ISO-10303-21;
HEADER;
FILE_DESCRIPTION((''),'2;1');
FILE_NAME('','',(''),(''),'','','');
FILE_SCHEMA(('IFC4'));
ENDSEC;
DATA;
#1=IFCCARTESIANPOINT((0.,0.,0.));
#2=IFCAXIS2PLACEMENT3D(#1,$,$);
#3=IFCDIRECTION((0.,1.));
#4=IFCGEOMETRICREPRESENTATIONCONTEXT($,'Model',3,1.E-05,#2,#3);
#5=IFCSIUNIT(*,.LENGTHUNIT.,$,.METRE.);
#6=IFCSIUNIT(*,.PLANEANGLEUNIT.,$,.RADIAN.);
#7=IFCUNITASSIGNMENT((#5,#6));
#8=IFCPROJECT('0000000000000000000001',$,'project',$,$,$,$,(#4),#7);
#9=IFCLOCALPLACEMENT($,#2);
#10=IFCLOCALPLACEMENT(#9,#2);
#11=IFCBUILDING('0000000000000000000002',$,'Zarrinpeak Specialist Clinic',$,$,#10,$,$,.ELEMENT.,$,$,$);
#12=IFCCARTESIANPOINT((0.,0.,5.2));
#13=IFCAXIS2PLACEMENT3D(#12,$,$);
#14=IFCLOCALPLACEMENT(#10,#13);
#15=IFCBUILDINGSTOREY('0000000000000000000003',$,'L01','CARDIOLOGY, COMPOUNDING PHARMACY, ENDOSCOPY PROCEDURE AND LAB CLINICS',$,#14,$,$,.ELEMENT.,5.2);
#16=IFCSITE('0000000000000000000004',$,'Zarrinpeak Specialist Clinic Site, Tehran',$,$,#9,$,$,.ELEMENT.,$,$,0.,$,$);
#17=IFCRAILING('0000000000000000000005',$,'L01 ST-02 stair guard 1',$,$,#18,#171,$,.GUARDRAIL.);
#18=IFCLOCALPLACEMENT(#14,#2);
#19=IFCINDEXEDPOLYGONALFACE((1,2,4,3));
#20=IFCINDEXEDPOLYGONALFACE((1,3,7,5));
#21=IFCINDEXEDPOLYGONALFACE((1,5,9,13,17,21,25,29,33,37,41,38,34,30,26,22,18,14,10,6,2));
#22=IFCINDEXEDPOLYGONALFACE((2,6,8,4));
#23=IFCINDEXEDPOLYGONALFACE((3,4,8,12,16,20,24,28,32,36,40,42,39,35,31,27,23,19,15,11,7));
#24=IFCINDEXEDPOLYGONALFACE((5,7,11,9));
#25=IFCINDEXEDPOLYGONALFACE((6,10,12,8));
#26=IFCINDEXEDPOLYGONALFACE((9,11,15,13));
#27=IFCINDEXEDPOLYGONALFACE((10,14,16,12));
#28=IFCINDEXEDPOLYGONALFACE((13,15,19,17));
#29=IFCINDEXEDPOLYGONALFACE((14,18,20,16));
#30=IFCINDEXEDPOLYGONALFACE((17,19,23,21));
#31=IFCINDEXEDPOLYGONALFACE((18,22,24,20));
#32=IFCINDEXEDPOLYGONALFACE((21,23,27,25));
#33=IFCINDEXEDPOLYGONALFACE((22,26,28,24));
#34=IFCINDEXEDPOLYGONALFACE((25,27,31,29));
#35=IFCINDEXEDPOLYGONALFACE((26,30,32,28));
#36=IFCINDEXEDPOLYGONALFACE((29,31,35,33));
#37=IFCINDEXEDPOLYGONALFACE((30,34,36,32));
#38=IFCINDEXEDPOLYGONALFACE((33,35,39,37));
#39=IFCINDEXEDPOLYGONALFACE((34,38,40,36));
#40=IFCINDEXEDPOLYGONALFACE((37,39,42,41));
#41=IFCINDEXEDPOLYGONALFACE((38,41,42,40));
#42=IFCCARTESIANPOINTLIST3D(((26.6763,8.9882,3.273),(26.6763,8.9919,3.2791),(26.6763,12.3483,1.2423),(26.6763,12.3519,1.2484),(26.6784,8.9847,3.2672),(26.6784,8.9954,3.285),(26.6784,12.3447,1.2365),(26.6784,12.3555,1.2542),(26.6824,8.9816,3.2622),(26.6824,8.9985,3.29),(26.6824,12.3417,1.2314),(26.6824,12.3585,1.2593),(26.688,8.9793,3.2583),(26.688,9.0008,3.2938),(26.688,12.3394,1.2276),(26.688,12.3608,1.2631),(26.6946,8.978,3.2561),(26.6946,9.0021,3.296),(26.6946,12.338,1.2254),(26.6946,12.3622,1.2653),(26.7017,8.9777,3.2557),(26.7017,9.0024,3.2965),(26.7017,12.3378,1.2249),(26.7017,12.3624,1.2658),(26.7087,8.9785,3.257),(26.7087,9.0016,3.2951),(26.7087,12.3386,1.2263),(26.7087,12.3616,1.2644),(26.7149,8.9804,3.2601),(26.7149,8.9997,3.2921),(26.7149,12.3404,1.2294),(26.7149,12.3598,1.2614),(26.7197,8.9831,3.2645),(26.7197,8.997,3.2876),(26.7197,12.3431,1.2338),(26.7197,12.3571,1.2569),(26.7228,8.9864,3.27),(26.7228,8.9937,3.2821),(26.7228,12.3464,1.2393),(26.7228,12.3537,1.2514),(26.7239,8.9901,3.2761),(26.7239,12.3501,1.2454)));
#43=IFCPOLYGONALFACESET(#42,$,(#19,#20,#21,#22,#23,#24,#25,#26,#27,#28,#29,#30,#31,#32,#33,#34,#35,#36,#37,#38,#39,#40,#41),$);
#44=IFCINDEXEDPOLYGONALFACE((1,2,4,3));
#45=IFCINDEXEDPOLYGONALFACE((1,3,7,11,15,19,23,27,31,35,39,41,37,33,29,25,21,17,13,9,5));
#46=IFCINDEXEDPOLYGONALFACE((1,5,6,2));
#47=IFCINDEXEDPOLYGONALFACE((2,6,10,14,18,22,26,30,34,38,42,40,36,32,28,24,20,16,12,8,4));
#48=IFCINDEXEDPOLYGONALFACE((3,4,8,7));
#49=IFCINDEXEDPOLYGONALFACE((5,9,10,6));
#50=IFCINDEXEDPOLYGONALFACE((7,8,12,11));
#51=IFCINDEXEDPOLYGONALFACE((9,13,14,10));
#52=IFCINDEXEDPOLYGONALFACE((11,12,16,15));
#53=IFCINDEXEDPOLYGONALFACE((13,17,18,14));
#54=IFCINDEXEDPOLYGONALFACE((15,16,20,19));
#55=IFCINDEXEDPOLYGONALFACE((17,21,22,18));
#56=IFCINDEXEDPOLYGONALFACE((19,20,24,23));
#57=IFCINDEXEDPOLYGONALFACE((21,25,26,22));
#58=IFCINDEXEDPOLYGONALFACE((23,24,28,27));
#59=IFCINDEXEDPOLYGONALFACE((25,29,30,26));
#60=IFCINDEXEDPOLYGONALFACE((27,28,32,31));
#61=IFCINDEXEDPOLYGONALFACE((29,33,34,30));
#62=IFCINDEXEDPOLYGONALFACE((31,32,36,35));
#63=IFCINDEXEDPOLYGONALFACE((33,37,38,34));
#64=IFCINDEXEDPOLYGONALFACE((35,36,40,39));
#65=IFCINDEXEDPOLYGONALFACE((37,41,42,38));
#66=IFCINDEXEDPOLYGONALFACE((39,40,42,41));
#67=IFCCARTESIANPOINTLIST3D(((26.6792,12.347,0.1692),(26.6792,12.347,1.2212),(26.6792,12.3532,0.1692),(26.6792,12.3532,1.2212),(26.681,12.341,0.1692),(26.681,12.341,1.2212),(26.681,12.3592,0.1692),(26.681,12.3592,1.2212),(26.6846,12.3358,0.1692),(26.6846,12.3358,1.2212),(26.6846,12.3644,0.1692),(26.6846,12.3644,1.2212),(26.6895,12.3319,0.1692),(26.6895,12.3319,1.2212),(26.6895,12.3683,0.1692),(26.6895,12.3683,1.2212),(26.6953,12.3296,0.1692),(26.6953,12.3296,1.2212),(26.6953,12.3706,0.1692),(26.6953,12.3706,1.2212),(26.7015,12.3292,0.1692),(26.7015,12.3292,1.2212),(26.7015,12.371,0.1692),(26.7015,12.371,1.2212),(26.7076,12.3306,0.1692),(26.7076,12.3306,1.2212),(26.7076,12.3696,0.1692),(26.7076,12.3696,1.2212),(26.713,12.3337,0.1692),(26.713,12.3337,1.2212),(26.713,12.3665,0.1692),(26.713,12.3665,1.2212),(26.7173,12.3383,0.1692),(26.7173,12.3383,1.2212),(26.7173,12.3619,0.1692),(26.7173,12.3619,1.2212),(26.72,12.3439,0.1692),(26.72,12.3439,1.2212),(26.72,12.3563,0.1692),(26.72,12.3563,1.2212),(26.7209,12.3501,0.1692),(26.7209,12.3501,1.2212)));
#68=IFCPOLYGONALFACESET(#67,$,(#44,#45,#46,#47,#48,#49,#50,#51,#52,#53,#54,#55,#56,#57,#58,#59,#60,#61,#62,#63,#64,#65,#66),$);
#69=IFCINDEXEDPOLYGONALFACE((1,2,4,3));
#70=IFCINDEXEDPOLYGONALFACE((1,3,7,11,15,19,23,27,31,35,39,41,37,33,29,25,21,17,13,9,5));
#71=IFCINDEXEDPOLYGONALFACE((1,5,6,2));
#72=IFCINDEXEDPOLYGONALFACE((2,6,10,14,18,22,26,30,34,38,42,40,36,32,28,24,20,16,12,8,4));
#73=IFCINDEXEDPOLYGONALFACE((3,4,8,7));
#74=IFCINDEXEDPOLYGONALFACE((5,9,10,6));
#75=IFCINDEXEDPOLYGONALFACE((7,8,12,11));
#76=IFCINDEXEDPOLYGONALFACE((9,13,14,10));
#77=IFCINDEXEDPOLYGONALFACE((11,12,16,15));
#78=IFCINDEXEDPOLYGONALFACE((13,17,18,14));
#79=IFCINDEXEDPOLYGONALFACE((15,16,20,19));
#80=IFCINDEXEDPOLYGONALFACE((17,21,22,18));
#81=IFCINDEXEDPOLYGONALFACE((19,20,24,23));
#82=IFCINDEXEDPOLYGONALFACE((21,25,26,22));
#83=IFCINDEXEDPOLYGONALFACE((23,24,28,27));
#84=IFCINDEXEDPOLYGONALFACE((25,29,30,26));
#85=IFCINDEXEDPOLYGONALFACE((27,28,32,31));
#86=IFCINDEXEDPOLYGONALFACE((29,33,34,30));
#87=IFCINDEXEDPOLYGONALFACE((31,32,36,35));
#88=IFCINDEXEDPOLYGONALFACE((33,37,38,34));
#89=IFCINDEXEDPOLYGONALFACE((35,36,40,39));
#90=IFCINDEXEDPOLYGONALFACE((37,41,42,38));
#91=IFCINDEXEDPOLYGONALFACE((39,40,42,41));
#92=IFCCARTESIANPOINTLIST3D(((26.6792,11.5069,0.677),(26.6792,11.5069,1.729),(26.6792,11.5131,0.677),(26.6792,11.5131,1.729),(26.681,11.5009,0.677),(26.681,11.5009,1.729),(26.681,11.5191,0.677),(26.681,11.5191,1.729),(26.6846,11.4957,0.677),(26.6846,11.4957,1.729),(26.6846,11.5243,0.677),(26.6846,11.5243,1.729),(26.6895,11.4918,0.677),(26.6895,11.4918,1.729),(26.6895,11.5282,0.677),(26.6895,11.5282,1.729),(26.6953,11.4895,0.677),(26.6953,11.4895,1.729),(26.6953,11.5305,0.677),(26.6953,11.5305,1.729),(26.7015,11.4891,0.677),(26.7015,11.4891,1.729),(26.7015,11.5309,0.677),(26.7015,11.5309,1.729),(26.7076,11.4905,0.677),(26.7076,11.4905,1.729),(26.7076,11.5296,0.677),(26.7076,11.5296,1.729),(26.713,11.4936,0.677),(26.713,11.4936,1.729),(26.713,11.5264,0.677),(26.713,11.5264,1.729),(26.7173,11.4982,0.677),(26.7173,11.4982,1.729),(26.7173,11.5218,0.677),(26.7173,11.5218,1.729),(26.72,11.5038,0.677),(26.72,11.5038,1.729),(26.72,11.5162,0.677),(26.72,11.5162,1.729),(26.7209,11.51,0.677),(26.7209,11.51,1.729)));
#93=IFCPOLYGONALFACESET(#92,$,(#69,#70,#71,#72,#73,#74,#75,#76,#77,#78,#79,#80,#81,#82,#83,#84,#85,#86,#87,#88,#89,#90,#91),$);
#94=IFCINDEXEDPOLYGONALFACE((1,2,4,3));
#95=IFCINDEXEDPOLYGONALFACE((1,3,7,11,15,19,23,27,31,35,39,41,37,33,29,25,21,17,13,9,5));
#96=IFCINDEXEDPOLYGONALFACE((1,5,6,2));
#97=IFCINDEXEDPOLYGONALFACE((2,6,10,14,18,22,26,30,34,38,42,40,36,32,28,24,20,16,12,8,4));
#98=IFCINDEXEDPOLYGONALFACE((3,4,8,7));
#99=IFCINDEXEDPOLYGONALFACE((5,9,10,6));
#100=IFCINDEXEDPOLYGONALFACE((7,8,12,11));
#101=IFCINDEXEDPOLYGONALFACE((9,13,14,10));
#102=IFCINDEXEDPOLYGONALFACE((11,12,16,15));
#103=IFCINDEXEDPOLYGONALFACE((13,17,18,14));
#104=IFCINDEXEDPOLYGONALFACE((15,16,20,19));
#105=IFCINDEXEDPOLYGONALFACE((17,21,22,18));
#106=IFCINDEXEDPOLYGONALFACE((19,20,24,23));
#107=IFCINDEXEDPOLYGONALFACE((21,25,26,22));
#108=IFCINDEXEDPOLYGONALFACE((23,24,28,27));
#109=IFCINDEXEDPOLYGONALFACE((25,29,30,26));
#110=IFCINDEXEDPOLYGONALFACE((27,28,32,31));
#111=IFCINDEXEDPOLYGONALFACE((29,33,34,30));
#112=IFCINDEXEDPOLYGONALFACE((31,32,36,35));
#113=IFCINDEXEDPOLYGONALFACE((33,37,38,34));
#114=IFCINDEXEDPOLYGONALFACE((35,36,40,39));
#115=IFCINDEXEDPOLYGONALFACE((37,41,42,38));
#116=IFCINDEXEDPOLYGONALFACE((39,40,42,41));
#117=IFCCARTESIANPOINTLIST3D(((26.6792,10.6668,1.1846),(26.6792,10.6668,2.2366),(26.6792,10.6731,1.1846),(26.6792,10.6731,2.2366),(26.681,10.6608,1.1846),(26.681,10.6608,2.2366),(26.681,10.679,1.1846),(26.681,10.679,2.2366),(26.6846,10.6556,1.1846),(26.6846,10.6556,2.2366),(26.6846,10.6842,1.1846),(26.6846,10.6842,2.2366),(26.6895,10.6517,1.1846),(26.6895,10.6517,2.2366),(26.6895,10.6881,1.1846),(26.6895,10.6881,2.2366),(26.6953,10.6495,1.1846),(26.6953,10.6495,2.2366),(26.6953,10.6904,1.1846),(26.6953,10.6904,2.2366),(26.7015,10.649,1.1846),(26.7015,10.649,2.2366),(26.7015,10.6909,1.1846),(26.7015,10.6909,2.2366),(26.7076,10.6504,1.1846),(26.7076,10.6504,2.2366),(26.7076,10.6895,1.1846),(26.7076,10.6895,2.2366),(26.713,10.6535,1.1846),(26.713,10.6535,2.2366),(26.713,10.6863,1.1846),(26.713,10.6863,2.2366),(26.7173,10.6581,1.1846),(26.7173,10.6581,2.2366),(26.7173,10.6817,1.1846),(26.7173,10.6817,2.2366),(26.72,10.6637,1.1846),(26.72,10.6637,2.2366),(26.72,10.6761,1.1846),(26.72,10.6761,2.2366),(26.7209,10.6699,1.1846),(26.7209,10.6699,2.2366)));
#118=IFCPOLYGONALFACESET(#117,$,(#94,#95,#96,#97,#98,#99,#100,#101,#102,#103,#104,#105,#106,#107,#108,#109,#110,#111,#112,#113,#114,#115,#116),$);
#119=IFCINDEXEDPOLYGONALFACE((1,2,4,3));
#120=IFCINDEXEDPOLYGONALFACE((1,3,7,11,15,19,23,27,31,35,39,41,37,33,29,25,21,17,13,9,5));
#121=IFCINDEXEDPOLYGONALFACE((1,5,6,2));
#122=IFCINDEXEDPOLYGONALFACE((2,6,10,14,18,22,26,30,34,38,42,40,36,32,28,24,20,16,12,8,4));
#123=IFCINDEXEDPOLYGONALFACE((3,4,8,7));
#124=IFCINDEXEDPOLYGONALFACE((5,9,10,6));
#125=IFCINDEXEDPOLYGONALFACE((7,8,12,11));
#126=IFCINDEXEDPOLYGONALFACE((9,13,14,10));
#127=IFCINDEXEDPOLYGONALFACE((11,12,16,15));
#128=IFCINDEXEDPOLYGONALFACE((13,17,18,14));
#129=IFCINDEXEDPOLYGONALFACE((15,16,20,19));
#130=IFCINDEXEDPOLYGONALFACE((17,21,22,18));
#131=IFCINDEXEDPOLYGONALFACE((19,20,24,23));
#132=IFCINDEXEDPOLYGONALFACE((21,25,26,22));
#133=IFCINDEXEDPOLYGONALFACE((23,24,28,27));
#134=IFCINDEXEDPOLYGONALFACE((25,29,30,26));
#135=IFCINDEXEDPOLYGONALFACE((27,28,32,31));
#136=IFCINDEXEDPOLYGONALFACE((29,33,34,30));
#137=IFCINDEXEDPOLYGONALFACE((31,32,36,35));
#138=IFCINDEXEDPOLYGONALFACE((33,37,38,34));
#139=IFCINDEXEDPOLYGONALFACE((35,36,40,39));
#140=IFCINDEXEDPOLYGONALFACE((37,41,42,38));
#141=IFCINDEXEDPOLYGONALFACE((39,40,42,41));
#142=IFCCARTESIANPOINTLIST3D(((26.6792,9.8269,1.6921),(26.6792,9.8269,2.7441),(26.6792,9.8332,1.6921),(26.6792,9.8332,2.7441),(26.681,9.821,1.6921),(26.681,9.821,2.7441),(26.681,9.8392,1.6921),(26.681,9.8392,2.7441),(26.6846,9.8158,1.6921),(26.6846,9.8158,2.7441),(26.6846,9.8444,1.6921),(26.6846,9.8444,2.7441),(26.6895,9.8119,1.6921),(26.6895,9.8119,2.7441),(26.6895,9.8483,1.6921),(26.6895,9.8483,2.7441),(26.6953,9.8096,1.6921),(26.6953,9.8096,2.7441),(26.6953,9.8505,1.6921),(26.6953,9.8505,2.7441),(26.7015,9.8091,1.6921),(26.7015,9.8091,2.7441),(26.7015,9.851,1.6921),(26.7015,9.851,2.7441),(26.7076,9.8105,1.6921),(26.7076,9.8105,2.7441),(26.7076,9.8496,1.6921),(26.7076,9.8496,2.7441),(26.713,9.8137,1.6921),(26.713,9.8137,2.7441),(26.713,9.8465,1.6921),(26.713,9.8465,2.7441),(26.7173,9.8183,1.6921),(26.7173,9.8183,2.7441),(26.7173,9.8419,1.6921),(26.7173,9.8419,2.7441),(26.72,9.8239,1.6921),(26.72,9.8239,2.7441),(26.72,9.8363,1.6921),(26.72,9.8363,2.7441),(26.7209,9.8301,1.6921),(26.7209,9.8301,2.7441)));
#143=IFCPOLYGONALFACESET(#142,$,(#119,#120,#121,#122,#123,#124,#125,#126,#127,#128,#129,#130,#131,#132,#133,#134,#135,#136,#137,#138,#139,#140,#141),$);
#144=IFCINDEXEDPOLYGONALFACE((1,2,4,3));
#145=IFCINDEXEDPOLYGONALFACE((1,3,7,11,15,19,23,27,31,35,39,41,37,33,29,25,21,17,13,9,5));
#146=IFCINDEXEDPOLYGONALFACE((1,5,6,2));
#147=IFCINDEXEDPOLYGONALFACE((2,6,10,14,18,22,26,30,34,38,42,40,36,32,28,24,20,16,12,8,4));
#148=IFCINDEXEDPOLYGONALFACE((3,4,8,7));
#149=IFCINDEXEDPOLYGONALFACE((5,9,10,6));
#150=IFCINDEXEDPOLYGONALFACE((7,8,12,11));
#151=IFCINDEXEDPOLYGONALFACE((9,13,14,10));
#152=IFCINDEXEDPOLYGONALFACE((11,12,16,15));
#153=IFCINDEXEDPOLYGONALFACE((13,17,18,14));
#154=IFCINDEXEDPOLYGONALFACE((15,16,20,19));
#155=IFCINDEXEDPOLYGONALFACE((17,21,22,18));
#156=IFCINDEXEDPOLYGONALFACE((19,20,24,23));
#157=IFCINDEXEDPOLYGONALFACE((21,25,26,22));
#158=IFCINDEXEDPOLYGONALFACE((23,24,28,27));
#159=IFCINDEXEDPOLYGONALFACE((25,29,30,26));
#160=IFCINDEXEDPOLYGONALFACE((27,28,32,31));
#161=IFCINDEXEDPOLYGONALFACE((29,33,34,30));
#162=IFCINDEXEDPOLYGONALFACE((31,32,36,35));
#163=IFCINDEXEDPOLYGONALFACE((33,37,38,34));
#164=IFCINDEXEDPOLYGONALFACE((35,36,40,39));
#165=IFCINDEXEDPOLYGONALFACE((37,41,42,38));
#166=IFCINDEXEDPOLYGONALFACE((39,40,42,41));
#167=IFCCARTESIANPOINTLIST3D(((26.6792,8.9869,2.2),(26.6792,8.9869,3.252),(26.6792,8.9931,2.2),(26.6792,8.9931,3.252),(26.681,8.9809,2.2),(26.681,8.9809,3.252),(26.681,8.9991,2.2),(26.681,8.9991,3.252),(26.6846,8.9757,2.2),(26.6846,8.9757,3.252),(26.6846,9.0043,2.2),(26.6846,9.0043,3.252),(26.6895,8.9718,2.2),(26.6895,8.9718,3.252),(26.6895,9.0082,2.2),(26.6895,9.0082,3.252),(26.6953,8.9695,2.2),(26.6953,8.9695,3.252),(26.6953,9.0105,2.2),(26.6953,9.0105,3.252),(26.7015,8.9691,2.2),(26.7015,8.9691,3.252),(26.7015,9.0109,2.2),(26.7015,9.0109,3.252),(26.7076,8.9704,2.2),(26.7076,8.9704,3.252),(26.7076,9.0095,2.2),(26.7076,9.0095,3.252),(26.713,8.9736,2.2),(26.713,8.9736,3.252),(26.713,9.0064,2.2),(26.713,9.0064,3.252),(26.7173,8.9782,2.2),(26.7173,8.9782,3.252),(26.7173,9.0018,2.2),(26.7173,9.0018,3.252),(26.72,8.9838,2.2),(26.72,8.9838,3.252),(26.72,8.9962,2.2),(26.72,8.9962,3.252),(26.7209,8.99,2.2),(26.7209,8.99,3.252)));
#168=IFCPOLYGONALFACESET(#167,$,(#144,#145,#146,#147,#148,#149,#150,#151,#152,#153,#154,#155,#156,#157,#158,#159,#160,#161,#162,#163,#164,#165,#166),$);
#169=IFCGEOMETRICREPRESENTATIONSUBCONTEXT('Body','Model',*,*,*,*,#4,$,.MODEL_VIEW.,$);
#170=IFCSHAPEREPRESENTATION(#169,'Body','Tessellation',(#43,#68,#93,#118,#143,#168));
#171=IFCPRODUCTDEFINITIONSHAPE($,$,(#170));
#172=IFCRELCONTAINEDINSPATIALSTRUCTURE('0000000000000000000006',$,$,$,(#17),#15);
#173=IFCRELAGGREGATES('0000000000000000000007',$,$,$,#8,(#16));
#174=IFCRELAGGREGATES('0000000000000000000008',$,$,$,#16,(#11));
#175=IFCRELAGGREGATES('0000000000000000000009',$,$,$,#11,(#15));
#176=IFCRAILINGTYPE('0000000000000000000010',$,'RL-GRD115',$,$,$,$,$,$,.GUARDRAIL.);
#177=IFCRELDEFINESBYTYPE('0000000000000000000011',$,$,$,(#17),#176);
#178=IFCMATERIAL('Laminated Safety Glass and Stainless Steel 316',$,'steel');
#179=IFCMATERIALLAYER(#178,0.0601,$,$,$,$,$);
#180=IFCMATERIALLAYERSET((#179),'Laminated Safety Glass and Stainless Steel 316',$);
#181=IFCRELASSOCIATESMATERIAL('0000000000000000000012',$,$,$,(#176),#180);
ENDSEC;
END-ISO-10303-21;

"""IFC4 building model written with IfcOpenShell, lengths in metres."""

from ifc_helpers import new_model, si_unit, direction, frame, origin, origin_2d, place, context, subcontext, project, spatial, circle, extrude, material, layer, layer_set, type_object, element, save


model = new_model("IFC4")

# Units and contexts
model_context = context("Model", 3, precision=1e-05, world=origin(), true_north=direction((0.0, 1.0)))
body_context = subcontext(model_context, "Body", "Model", "MODEL_VIEW")
ifc_project = project(units=[si_unit("LENGTHUNIT", "METRE"), si_unit("PLANEANGLEUNIT", "RADIAN")], contexts=[model_context])

# Site, building, storey
site_placement = place(None, origin())
site = spatial("IfcSite", under=ifc_project, at=site_placement, Name="Zarrinpeak Specialist Clinic Site, Tehran", CompositionType="ELEMENT", RefElevation=0.0)
building_placement = place(site_placement, origin())
building = spatial("IfcBuilding", under=site, at=building_placement, Name="Zarrinpeak Specialist Clinic", CompositionType="ELEMENT")
storey_placement = place(building_placement, frame((0.0, 0.0, 5.2)))
storey = spatial("IfcBuildingStorey", under=building, at=storey_placement, Name="L01", Description="CARDIOLOGY, COMPOUNDING PHARMACY, ENDOSCOPY PROCEDURE AND LAB CLINICS", CompositionType="ELEMENT", Elevation=5.2)

# Railing
ifc_material_1 = material(Name="Laminated Safety Glass and Stainless Steel 316", Category="steel")
ifc_layer_1 = layer(ifc_material_1, 0.0601)
ifc_layer_set_1 = layer_set([ifc_layer_1], Name="Laminated Safety Glass and Stainless Steel 316")
railing_type_1 = type_object("IfcRailingType", Name="RL-GRD115", PredefinedType="GUARDRAIL", material=ifc_layer_set_1)
railing_1_placement = place(storey_placement, frame((26.7, 12.3501, 0.1692)))
element("IfcRailing", 1, at=railing_1_placement, inside=storey, type_object=railing_type_1, Name="L01 ST-02 stair guard 1", PredefinedType="GUARDRAIL", context=body_context, shape_type="SweptSolid", body=[
    extrude(circle(Radius=0.0239, at=origin_2d()), frame((0.0, 0.0, 1.0762), z_axis=(0.0, -0.855837, 0.517246), x_axis=(1.0, 0.0, 0.0)), (0.0, 0.0, 1.0), 3.926),
    extrude(circle(Radius=0.021, at=origin_2d()), origin(), (0.0, 0.0, 1.0), 1.052),
    extrude(circle(Radius=0.021, at=origin_2d()), frame((0.0, -0.8401, 0.5078)), (0.0, 0.0, 1.0), 1.052),
    extrude(circle(Radius=0.021, at=origin_2d()), frame((0.0, -1.6802, 1.0154)), (0.0, 0.0, 1.0), 1.052),
    extrude(circle(Radius=0.021, at=origin_2d()), frame((0.0, -2.52, 1.5229)), (0.0, 0.0, 1.0), 1.052),
    extrude(circle(Radius=0.021, at=origin_2d()), frame((0.0, -3.3601, 2.0308)), (0.0, 0.0, 1.0), 1.052),
])

save(model, "model.ifc")
